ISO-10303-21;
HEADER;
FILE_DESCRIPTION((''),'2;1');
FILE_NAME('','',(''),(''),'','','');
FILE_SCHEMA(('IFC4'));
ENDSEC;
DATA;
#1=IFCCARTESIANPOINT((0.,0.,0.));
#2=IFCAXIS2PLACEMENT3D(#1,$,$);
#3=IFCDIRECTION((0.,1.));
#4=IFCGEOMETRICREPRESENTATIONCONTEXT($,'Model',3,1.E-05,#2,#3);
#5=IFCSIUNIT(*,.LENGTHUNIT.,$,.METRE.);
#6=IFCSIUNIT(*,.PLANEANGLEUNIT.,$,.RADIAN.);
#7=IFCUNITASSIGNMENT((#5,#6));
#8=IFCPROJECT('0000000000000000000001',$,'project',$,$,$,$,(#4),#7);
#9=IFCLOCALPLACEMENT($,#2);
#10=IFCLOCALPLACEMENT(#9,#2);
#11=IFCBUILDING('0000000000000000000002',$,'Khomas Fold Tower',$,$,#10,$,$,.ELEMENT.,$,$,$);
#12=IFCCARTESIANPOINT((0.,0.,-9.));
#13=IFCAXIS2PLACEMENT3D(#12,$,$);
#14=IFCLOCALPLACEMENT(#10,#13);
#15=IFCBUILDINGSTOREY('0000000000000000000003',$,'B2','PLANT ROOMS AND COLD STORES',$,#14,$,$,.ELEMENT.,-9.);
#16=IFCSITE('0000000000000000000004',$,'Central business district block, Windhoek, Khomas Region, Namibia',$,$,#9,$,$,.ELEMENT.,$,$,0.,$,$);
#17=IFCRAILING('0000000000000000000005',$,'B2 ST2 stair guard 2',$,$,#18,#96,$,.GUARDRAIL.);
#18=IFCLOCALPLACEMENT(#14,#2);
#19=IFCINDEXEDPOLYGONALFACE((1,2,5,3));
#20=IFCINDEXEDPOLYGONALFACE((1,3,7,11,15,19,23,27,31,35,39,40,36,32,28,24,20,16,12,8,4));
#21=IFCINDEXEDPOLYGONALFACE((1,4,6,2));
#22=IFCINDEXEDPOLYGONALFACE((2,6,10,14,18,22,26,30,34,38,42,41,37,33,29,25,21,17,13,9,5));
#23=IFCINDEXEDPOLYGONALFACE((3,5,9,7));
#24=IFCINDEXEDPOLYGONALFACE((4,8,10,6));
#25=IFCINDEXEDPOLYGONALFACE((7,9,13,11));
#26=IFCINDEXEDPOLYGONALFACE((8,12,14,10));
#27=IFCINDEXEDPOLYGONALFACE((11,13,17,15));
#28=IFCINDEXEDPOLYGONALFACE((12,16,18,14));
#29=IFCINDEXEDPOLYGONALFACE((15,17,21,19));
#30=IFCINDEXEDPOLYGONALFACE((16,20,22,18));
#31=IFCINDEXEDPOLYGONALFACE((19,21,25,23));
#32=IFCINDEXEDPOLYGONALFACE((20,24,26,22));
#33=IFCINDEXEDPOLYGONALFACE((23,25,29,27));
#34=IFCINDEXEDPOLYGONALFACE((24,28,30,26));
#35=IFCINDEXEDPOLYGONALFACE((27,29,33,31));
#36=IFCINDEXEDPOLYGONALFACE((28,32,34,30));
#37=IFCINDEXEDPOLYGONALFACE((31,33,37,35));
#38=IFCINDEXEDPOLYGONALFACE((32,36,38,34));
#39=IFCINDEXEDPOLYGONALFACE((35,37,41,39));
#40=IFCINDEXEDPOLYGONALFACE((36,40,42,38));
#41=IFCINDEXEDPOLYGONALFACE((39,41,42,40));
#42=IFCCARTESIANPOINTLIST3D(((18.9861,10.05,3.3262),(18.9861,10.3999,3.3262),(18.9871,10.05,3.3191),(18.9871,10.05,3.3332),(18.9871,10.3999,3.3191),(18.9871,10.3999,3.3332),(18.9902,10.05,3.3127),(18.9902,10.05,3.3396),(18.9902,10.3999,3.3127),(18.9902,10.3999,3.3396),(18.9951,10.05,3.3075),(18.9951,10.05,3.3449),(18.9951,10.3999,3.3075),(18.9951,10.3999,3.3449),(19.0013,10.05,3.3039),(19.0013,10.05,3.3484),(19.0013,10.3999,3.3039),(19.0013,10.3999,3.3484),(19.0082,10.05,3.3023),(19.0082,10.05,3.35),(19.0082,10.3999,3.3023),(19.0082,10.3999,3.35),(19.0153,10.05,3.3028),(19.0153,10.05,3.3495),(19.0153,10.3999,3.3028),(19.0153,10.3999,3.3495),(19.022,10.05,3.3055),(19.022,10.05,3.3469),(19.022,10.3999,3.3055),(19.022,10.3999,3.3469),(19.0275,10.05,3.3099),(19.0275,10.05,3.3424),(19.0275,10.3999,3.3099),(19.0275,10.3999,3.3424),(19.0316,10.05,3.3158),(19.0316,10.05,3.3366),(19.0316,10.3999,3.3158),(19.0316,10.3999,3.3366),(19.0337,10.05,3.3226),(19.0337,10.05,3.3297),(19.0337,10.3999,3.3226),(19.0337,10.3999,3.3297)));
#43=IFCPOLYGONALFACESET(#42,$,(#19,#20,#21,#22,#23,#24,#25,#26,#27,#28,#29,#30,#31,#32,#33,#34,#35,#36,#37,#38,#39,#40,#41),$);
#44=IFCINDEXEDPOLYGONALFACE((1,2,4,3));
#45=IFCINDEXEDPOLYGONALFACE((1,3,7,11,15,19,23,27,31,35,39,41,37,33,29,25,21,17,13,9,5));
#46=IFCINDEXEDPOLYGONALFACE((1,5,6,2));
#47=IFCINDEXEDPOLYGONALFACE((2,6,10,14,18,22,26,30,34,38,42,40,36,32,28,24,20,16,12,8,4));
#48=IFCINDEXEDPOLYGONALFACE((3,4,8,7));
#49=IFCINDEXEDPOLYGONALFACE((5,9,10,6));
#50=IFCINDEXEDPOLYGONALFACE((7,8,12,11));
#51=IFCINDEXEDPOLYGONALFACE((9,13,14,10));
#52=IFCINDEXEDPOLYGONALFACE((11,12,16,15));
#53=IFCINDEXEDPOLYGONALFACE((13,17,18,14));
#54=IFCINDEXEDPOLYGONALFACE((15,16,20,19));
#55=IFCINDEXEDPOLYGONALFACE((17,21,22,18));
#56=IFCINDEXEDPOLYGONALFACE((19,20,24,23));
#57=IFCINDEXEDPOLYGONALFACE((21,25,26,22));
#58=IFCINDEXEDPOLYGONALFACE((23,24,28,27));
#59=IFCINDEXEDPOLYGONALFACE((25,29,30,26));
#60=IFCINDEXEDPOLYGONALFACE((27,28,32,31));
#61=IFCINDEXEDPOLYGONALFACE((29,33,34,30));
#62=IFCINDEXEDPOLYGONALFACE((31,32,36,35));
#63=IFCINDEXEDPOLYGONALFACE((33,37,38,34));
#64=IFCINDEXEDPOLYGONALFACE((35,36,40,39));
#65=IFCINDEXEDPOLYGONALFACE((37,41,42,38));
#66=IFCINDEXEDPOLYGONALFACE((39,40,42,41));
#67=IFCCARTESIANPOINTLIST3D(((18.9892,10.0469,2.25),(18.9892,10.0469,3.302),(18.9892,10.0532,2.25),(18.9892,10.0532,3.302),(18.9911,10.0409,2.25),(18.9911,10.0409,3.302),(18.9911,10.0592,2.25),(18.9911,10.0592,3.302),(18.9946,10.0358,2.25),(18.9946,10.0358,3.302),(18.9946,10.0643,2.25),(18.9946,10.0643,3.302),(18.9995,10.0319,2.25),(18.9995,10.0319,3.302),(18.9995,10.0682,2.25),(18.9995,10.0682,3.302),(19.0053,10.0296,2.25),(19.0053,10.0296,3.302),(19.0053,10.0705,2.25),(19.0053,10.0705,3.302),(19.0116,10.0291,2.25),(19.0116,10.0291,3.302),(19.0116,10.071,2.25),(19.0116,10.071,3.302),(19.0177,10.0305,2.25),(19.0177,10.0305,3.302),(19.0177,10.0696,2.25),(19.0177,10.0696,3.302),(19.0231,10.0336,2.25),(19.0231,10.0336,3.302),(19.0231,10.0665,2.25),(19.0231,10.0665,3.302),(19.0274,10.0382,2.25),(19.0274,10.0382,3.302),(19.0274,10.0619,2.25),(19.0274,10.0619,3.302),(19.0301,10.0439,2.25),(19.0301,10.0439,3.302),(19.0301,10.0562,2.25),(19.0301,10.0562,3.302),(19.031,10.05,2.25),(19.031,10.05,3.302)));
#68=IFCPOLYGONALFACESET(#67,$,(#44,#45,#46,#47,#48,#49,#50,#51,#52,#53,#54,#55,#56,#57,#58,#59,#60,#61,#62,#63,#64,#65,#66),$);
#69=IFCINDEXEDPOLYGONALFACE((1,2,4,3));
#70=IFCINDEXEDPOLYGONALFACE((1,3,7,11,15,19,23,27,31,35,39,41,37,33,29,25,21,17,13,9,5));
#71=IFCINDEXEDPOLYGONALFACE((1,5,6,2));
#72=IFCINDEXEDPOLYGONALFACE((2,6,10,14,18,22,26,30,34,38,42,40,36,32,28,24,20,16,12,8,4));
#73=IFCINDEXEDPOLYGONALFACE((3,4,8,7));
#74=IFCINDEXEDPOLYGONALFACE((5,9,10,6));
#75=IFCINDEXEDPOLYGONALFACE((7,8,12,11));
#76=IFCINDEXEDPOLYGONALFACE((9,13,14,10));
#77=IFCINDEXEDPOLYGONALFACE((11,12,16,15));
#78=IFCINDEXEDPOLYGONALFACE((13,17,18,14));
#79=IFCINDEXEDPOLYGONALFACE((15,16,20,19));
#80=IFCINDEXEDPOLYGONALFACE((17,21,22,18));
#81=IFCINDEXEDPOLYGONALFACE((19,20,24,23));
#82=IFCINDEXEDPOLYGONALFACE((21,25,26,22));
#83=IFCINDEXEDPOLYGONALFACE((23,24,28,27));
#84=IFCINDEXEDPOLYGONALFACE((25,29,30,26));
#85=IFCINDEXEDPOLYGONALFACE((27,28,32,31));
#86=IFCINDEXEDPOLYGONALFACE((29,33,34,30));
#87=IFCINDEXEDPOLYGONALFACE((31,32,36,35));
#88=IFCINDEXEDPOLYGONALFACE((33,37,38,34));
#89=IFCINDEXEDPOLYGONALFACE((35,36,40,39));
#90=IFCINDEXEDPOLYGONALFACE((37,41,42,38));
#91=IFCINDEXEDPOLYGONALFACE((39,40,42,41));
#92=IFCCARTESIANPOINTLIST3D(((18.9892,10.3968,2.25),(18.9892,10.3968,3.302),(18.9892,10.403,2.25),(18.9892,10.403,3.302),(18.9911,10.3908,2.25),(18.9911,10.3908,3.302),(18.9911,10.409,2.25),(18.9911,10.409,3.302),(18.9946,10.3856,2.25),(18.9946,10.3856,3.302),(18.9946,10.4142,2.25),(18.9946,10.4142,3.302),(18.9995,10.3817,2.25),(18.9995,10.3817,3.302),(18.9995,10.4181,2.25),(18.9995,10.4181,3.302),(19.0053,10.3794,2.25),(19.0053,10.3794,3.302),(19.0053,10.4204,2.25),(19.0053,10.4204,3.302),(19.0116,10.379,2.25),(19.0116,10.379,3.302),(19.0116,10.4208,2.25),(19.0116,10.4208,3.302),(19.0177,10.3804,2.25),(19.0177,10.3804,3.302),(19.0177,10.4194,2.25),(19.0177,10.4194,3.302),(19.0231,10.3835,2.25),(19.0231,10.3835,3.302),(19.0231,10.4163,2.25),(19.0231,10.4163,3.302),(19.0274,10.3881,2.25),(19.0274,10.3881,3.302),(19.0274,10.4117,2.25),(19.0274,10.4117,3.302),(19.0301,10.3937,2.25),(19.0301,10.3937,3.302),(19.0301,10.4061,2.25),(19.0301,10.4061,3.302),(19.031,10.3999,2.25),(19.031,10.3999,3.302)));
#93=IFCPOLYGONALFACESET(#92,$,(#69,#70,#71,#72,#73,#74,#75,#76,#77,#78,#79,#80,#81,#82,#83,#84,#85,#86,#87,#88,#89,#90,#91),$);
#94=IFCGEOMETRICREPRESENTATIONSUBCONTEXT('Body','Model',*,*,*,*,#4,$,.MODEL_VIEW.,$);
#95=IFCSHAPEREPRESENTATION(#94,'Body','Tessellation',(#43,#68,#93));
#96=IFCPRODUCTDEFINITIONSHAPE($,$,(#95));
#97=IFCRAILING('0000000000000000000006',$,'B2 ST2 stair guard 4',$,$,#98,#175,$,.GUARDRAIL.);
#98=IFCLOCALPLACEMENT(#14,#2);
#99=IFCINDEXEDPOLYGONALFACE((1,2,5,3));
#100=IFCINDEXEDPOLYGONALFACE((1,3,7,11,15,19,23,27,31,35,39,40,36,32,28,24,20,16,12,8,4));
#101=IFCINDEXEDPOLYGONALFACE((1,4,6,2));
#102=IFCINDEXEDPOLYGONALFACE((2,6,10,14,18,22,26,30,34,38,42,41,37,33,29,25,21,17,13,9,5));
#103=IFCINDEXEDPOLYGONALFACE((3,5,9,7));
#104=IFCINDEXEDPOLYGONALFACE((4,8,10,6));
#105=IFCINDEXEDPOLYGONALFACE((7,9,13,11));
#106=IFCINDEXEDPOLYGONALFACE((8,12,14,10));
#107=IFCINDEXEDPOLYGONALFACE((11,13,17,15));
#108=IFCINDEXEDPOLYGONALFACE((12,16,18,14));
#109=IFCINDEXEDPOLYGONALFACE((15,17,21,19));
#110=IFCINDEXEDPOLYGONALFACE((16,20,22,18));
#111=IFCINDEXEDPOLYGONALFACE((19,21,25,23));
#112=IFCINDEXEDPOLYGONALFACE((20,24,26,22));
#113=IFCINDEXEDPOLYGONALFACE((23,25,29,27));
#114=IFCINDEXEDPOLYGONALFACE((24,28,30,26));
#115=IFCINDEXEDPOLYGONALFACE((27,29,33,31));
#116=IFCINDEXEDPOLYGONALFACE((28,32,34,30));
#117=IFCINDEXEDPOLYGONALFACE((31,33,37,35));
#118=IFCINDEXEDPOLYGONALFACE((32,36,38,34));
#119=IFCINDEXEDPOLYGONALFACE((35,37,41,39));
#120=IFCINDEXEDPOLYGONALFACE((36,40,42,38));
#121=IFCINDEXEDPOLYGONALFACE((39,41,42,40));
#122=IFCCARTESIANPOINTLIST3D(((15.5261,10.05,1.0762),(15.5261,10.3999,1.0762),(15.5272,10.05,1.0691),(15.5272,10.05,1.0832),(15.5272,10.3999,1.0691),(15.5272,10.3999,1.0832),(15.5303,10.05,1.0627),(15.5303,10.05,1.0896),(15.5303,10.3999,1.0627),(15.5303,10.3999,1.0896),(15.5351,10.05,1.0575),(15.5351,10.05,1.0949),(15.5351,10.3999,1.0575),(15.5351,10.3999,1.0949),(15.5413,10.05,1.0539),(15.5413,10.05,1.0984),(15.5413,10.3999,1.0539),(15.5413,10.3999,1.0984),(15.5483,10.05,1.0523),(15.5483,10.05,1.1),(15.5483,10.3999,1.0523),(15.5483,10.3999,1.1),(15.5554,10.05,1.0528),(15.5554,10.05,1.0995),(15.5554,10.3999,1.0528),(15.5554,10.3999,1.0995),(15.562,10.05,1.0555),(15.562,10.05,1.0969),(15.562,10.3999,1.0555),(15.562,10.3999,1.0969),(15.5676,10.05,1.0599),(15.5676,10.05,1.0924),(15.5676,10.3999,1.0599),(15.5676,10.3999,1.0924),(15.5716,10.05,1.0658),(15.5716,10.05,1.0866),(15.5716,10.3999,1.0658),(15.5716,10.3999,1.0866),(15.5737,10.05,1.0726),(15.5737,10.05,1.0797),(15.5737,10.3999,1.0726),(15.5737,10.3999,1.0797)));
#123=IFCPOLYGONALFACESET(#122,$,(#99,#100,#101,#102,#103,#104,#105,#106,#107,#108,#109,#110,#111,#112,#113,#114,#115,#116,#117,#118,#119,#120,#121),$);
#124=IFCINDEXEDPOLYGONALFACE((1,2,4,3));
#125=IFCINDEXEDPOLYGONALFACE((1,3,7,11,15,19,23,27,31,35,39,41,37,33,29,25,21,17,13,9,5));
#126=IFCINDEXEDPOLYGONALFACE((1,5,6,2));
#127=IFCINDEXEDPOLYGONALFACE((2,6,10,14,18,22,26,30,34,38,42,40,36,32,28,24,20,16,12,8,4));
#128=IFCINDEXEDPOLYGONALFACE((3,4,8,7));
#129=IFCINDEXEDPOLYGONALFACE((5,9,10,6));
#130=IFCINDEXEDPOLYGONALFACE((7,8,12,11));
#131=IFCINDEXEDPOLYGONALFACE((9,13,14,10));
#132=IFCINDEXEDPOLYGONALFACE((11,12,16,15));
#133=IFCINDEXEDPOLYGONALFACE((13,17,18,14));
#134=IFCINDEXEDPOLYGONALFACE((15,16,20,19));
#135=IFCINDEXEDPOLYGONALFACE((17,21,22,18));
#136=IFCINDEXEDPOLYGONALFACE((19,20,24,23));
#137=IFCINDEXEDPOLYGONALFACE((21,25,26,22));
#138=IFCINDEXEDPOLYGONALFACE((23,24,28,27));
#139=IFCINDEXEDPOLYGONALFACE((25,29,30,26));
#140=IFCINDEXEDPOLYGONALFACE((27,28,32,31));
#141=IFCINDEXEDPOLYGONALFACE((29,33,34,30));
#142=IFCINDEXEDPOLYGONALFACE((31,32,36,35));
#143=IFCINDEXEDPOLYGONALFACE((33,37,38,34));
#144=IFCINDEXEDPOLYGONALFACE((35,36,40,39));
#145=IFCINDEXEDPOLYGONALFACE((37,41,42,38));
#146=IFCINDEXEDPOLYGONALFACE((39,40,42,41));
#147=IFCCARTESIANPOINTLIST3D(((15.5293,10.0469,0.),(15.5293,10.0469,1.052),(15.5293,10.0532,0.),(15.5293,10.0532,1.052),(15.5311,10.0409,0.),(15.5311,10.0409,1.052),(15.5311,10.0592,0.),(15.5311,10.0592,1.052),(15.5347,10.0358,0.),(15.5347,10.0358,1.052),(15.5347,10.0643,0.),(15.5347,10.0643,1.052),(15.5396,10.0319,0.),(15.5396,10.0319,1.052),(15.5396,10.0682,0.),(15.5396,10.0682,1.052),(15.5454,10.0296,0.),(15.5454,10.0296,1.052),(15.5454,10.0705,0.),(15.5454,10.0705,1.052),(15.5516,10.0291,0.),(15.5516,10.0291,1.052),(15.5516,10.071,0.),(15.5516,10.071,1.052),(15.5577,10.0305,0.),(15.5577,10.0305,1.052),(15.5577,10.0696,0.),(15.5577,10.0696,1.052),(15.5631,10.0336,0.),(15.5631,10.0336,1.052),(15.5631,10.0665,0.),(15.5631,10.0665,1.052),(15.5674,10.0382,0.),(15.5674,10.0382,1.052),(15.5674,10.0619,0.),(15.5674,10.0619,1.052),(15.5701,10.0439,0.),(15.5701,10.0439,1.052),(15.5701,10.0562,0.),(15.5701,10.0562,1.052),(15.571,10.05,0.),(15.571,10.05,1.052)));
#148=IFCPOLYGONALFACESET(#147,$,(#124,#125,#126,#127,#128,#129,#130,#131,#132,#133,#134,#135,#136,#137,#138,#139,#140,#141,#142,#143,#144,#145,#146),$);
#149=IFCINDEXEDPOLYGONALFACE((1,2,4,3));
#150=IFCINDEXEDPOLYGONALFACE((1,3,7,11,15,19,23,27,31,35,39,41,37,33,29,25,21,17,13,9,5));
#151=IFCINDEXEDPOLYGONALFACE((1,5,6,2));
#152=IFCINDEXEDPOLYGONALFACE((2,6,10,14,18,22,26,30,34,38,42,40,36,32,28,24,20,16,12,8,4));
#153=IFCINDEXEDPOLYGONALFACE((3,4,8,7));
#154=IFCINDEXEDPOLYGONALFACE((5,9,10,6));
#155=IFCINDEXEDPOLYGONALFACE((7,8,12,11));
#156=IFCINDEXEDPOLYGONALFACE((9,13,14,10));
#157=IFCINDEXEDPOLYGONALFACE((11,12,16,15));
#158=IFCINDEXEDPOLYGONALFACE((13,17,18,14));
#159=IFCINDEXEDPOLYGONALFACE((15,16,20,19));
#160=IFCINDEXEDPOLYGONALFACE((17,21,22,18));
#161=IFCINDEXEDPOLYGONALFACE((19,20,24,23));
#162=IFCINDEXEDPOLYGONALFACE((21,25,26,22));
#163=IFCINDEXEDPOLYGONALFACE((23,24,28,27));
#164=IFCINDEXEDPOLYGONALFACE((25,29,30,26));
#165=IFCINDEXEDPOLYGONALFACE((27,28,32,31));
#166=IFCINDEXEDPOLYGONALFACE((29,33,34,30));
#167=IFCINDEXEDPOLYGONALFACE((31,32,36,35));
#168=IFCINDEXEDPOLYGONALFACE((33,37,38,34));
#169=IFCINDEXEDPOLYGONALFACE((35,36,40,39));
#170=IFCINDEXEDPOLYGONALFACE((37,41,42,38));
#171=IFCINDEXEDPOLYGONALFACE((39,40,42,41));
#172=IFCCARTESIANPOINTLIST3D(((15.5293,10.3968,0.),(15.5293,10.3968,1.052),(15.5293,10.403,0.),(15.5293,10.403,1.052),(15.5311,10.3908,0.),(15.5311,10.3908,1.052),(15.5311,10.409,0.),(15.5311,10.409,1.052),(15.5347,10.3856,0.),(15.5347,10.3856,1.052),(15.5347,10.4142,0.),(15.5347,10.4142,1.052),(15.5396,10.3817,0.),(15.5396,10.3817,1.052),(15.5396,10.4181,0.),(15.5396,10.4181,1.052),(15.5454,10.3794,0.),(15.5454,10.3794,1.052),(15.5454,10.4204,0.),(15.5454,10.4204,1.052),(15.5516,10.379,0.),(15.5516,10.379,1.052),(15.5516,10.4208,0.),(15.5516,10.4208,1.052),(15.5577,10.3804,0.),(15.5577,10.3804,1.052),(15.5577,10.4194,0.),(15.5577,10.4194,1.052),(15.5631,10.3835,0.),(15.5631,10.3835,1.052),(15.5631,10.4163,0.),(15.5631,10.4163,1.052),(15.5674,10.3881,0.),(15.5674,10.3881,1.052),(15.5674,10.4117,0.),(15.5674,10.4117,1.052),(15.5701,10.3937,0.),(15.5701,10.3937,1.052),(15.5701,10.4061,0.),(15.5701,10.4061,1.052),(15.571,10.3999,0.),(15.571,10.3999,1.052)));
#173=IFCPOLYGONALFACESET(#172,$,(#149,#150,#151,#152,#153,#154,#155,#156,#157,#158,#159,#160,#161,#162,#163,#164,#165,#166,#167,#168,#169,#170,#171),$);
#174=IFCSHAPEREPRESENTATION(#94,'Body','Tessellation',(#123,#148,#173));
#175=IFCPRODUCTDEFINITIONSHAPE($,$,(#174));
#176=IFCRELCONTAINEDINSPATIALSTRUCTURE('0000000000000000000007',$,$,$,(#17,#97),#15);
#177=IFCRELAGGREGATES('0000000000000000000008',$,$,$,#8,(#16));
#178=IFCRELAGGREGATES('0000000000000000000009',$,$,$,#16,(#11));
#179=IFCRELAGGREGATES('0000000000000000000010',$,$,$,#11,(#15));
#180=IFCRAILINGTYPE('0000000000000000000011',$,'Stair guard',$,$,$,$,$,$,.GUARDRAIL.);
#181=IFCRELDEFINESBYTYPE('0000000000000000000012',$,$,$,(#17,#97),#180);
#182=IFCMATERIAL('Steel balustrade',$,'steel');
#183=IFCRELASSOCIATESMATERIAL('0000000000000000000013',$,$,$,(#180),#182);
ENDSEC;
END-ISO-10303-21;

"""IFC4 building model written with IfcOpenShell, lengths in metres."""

from ifc_helpers import new_model, si_unit, direction, frame, origin, origin_2d, place, context, subcontext, project, spatial, circle, extrude, source, transform, mapped, material, type_object, element, save


model = new_model("IFC4")

# Units and contexts
model_context = context("Model", 3, precision=1e-05, world=origin(), true_north=direction((0.0, 1.0)))
body_context = subcontext(model_context, "Body", "Model", "MODEL_VIEW")
ifc_project = project(units=[si_unit("LENGTHUNIT", "METRE"), si_unit("PLANEANGLEUNIT", "RADIAN")], contexts=[model_context])

# Site, building, storey
site_placement = place(None, origin())
site = spatial("IfcSite", under=ifc_project, at=site_placement, Name="Central business district block, Windhoek, Khomas Region, Namibia", CompositionType="ELEMENT", RefElevation=0.0)
building_placement = place(site_placement, origin())
building = spatial("IfcBuilding", under=site, at=building_placement, Name="Khomas Fold Tower", CompositionType="ELEMENT")
storey_placement = place(building_placement, frame((0.0, 0.0, -9.0)))
storey = spatial("IfcBuildingStorey", under=building, at=storey_placement, Name="B2", Description="PLANT ROOMS AND COLD STORES", CompositionType="ELEMENT", Elevation=-9.0)

# Railings
ifc_material_1 = material(Name="Steel balustrade", Category="steel")
railing_type_1 = type_object("IfcRailingType", Name="Stair guard", PredefinedType="GUARDRAIL", material=ifc_material_1)
shared_shape_1 = source(origin(), body_context, "Body", "SweptSolid", [
    extrude(circle(Radius=0.0239, at=origin_2d()), frame((0.0, 0.0, 1.0762), z_axis=(0.0, 1.0, 0.0), x_axis=(-1.0, 0.0, 0.0)), (0.0, 0.0, 1.0), 0.3499),
    extrude(circle(Radius=0.021, at=origin_2d()), origin(), (0.0, 0.0, 1.0), 1.052),
    extrude(circle(Radius=0.021, at=origin_2d()), frame((0.0, 0.3499, 0.0)), (0.0, 0.0, 1.0), 1.052),
])
for number, where, name in (
    (1, (19.01, 10.05, 2.25), "B2 ST2 stair guard 2"),
    (2, (15.55, 10.05, 0.0), "B2 ST2 stair guard 4"),
):
    element("IfcRailing", number, at=place(storey_placement, frame(where)), inside=storey, type_object=railing_type_1, Name=name, PredefinedType="GUARDRAIL", context=body_context, shape_type="MappedRepresentation", body=[
        mapped(shared_shape_1, transform((0.0, 0.0, 0.0))),
    ])

save(model, "model.ifc")
